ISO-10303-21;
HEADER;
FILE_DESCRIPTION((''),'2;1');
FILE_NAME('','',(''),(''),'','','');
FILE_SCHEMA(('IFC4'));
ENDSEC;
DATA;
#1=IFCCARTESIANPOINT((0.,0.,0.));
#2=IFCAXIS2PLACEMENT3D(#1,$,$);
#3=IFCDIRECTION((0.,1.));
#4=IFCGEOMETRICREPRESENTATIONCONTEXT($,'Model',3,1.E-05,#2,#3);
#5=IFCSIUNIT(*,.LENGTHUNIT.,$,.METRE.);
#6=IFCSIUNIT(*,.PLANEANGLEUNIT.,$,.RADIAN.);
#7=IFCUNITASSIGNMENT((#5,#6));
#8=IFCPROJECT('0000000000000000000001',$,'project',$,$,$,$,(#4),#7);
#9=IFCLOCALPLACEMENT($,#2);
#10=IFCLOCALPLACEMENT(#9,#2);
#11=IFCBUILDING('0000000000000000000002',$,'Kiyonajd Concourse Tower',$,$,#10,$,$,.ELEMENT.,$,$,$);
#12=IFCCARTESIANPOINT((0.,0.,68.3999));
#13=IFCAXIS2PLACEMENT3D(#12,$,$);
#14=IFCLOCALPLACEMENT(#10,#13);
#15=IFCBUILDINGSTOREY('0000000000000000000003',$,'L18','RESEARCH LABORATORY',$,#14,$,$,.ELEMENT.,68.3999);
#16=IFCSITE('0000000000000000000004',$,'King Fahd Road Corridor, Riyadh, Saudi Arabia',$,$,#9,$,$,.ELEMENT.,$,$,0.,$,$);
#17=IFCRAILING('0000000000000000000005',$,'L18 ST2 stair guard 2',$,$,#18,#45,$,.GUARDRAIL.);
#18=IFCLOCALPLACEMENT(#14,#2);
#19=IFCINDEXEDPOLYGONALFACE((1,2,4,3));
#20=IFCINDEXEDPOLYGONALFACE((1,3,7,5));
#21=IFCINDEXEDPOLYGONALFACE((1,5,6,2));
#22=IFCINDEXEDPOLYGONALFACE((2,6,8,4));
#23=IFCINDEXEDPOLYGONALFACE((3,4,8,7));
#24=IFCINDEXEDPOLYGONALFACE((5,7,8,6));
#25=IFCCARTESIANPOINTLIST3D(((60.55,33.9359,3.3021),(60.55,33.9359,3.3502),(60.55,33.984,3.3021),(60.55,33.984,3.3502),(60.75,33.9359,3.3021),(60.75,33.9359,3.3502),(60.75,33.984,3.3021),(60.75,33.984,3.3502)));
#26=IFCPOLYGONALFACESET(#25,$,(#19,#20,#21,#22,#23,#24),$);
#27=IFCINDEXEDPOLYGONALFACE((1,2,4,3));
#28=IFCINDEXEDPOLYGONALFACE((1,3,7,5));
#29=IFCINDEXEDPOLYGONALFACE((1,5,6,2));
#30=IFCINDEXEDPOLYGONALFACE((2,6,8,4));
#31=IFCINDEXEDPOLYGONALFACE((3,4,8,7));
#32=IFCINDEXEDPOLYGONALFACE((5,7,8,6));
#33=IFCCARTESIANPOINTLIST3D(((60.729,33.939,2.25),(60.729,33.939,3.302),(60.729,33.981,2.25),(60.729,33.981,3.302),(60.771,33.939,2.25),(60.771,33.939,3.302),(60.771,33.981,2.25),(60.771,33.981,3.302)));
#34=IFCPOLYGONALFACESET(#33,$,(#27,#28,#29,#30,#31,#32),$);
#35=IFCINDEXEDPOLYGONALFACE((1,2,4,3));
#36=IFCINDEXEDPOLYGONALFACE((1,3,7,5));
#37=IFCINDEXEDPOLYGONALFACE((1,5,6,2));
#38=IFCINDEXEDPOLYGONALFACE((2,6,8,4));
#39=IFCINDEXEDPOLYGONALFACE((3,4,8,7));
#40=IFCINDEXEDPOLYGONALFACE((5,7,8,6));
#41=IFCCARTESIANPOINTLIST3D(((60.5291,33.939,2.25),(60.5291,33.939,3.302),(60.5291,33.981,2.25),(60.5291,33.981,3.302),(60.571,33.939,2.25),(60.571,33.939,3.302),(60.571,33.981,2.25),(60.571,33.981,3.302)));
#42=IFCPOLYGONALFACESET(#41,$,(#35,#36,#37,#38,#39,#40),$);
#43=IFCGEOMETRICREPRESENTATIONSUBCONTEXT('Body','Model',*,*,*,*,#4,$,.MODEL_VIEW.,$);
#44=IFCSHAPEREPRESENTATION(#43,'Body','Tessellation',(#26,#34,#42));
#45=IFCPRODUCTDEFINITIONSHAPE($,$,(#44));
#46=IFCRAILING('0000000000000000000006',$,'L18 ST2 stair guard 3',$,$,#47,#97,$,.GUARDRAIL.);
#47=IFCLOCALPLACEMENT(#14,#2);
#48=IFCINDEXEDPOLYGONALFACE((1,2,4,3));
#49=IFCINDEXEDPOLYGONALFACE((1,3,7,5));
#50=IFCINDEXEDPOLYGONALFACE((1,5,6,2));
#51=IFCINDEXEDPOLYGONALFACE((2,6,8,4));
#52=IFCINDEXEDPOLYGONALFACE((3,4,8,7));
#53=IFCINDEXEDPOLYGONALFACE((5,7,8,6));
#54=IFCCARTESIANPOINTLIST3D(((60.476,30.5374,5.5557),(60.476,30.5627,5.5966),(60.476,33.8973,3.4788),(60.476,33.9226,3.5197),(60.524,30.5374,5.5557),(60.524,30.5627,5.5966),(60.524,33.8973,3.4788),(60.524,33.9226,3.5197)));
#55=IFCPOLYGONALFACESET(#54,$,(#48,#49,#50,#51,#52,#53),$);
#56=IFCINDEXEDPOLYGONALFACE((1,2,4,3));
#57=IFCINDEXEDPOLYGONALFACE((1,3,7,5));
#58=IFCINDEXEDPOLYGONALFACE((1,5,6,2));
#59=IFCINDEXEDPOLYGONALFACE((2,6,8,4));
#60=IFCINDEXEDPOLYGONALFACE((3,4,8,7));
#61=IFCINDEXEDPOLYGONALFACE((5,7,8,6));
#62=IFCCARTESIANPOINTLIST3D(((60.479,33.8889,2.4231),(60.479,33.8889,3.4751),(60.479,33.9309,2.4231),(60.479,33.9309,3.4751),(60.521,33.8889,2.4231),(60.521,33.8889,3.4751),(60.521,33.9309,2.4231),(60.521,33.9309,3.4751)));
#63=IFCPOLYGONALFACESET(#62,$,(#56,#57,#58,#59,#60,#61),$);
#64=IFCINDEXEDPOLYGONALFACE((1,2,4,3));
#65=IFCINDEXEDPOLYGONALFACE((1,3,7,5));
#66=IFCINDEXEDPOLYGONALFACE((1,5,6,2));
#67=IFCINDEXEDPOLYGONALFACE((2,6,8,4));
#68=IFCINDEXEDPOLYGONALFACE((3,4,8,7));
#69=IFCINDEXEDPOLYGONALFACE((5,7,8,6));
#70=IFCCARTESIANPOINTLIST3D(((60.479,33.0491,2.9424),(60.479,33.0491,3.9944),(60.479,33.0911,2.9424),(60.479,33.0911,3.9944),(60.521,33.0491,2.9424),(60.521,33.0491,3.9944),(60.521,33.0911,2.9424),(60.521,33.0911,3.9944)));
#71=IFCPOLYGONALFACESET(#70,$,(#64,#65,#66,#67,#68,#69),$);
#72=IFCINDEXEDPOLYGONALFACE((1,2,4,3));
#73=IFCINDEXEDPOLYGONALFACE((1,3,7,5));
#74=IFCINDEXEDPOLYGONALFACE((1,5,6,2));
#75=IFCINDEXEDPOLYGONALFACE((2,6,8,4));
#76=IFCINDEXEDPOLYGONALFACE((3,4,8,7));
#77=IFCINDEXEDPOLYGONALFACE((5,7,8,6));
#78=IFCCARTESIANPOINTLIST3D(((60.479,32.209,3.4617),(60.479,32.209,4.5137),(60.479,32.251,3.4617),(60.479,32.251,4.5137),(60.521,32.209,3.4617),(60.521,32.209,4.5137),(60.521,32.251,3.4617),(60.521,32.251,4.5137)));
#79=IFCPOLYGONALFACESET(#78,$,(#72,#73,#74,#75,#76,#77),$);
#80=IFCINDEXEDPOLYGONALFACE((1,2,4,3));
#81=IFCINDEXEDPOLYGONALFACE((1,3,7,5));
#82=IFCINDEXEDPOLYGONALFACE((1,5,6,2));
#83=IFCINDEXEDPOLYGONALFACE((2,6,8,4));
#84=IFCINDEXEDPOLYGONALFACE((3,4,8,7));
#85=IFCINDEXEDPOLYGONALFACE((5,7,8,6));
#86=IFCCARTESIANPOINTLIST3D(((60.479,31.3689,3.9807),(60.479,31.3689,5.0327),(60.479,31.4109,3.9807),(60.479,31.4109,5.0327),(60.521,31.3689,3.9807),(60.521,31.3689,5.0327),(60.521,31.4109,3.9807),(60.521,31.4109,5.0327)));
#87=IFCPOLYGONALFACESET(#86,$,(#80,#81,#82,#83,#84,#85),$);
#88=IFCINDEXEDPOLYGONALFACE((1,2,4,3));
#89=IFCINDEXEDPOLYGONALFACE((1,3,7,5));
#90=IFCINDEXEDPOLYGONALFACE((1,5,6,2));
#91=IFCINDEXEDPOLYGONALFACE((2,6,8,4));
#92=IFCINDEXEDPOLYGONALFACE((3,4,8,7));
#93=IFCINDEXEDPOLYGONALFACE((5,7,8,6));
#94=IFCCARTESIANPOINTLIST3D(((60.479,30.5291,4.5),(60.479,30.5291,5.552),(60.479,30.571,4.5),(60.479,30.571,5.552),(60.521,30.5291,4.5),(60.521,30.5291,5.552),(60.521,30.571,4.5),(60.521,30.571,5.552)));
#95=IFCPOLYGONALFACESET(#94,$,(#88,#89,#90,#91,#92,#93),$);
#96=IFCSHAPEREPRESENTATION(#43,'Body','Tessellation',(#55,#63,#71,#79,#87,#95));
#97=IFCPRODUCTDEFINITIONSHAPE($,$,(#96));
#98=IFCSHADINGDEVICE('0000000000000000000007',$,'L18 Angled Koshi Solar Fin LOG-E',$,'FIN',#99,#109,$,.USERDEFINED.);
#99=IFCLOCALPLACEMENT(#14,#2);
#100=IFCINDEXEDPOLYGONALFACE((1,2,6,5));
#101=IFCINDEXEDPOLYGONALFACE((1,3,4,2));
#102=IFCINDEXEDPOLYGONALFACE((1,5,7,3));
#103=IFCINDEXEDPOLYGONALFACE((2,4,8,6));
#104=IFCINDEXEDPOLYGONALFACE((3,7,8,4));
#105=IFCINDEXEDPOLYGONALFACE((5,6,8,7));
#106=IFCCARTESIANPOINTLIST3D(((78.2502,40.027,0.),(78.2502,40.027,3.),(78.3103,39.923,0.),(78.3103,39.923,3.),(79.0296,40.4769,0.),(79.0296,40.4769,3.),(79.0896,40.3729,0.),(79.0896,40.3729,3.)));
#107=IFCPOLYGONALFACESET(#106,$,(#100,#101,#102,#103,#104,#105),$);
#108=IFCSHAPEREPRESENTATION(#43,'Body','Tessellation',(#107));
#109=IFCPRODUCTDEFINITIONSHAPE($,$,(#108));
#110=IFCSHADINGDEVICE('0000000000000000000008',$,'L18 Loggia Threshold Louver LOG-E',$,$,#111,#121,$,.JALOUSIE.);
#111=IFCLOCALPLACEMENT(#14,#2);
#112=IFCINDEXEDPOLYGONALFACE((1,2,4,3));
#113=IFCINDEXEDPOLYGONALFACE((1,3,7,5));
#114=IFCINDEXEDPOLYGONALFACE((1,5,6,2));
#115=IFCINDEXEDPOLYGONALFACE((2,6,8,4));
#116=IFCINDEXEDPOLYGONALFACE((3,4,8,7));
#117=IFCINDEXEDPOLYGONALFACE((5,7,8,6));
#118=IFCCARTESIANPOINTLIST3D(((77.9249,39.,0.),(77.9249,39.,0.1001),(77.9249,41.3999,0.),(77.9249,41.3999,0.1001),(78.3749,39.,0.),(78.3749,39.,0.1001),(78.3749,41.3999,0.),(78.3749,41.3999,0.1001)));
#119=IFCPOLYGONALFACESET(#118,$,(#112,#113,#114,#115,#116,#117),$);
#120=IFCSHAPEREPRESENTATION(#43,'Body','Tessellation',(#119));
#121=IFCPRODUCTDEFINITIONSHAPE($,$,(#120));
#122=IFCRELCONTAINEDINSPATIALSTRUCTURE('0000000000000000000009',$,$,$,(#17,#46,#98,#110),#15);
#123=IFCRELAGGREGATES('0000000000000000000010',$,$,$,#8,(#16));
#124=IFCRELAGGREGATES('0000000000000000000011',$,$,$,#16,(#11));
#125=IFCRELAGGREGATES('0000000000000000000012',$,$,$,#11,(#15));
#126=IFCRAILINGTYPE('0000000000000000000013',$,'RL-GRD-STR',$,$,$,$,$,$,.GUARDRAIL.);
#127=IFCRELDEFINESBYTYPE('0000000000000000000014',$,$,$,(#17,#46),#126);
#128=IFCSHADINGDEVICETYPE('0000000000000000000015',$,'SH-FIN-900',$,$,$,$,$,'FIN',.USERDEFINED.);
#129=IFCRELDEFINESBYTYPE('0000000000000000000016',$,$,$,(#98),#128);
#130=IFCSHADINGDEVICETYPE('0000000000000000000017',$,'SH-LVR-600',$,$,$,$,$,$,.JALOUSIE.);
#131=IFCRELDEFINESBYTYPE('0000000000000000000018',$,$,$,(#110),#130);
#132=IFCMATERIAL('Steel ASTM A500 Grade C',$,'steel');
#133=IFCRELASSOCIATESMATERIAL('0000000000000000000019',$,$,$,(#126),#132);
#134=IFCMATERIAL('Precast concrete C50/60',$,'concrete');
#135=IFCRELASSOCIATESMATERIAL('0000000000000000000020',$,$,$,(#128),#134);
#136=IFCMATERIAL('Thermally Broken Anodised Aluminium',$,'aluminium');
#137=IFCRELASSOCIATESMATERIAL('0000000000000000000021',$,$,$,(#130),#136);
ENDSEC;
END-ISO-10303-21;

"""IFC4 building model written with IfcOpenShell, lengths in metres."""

from ifc_helpers import new_model, si_unit, direction, frame, origin, origin_2d, place, context, subcontext, project, spatial, rectangle, extrude, material, type_object, element, save


model = new_model("IFC4")

# Units and contexts
model_context = context("Model", 3, precision=1e-05, world=origin(), true_north=direction((0.0, 1.0)))
body_context = subcontext(model_context, "Body", "Model", "MODEL_VIEW")
ifc_project = project(units=[si_unit("LENGTHUNIT", "METRE"), si_unit("PLANEANGLEUNIT", "RADIAN")], contexts=[model_context])

# Site, building, storey
site_placement = place(None, origin())
site = spatial("IfcSite", under=ifc_project, at=site_placement, Name="King Fahd Road Corridor, Riyadh, Saudi Arabia", CompositionType="ELEMENT", RefElevation=0.0)
building_placement = place(site_placement, origin())
building = spatial("IfcBuilding", under=site, at=building_placement, Name="Kiyonajd Concourse Tower", CompositionType="ELEMENT")
storey_placement = place(building_placement, frame((0.0, 0.0, 68.3999)))
storey = spatial("IfcBuildingStorey", under=building, at=storey_placement, Name="L18", Description="RESEARCH LABORATORY", CompositionType="ELEMENT", Elevation=68.3999)

# Shared definitions
ifc_material_1 = material(Name="Precast concrete C50/60", Category="concrete")

# Shared definitions
ifc_material_2 = material(Name="Thermally Broken Anodised Aluminium", Category="aluminium")

# Railings
ifc_material_3 = material(Name="Steel ASTM A500 Grade C", Category="steel")
railing_type_1 = type_object("IfcRailingType", Name="RL-GRD-STR", PredefinedType="GUARDRAIL", material=ifc_material_3)
railing_1_placement = place(storey_placement, frame((60.75, 33.96, 2.25)))
element("IfcRailing", 1, at=railing_1_placement, inside=storey, type_object=railing_type_1, Name="L18 ST2 stair guard 2", PredefinedType="GUARDRAIL", context=body_context, shape_type="SweptSolid", body=[
    extrude(rectangle(XDim=0.0481, YDim=0.0481, at=origin_2d()), frame((0.0, 0.0, 1.0762), z_axis=(-1.0, 0.0, 0.0), x_axis=(0.0, -1.0, 0.0)), (0.0, 0.0, 1.0), 0.2),
    extrude(rectangle(XDim=0.042, YDim=0.042, at=origin_2d()), origin(), (0.0, 0.0, 1.0), 1.052),
    extrude(rectangle(XDim=0.042, YDim=0.042, at=origin_2d()), frame((-0.2, 0.0, 0.0)), (0.0, 0.0, 1.0), 1.052),
])
railing_2_placement = place(storey_placement, frame((60.5, 33.9099, 2.4231)))
element("IfcRailing", 2, at=railing_2_placement, inside=storey, type_object=railing_type_1, Name="L18 ST2 stair guard 3", PredefinedType="GUARDRAIL", context=body_context, shape_type="SweptSolid", body=[
    extrude(rectangle(XDim=0.0481, YDim=0.0481, at=origin_2d()), frame((0.0, 0.0, 1.0762), z_axis=(0.0, -0.850606, 0.525803), x_axis=(1.0, 0.0, 0.0)), (0.0, 0.0, 1.0), 3.95),
    extrude(rectangle(XDim=0.042, YDim=0.042, at=origin_2d()), origin(), (0.0, 0.0, 1.0), 1.052),
    extrude(rectangle(XDim=0.042, YDim=0.042, at=origin_2d()), frame((0.0, -0.8398, 0.5193)), (0.0, 0.0, 1.0), 1.052),
    extrude(rectangle(XDim=0.042, YDim=0.042, at=origin_2d()), frame((0.0, -1.6799, 1.0386)), (0.0, 0.0, 1.0), 1.052),
    extrude(rectangle(XDim=0.042, YDim=0.042, at=origin_2d()), frame((0.0, -2.52, 1.5576)), (0.0, 0.0, 1.0), 1.052),
    extrude(rectangle(XDim=0.042, YDim=0.042, at=origin_2d()), frame((0.0, -3.3599, 2.0769)), (0.0, 0.0, 1.0), 1.052),
])

# Shading devices
shading_device_type_1 = type_object("IfcShadingDeviceType", Name="SH-FIN-900", ElementType="FIN", PredefinedType="USERDEFINED", material=ifc_material_1)
shading_device_1_placement = place(storey_placement, frame((78.6699, 40.2, 0.0), z_axis=(0.0, 0.0, 1.0), x_axis=(0.866025, 0.5, 0.0)))
element("IfcShadingDevice", 3, at=shading_device_1_placement, inside=storey, type_object=shading_device_type_1, Name="L18 Angled Koshi Solar Fin LOG-E", ObjectType="FIN", PredefinedType="USERDEFINED", context=body_context, shape_type="SweptSolid", body=[
    extrude(rectangle(XDim=0.8999, YDim=0.1201, at=origin_2d()), origin(), (0.0, 0.0, 1.0), 3.0),
])
shading_device_type_2 = type_object("IfcShadingDeviceType", Name="SH-LVR-600", PredefinedType="JALOUSIE", material=ifc_material_2)
shading_device_2_placement = place(storey_placement, frame((78.1499, 40.2, 0.0), z_axis=(0.0, 0.0, 1.0), x_axis=(0.0, 1.0, 0.0)))
element("IfcShadingDevice", 4, at=shading_device_2_placement, inside=storey, type_object=shading_device_type_2, Name="L18 Loggia Threshold Louver LOG-E", PredefinedType="JALOUSIE", context=body_context, shape_type="SweptSolid", body=[
    extrude(rectangle(XDim=2.3999, YDim=0.45, at=origin_2d()), origin(), (0.0, 0.0, 1.0), 0.1001),
])

save(model, "model.ifc")
